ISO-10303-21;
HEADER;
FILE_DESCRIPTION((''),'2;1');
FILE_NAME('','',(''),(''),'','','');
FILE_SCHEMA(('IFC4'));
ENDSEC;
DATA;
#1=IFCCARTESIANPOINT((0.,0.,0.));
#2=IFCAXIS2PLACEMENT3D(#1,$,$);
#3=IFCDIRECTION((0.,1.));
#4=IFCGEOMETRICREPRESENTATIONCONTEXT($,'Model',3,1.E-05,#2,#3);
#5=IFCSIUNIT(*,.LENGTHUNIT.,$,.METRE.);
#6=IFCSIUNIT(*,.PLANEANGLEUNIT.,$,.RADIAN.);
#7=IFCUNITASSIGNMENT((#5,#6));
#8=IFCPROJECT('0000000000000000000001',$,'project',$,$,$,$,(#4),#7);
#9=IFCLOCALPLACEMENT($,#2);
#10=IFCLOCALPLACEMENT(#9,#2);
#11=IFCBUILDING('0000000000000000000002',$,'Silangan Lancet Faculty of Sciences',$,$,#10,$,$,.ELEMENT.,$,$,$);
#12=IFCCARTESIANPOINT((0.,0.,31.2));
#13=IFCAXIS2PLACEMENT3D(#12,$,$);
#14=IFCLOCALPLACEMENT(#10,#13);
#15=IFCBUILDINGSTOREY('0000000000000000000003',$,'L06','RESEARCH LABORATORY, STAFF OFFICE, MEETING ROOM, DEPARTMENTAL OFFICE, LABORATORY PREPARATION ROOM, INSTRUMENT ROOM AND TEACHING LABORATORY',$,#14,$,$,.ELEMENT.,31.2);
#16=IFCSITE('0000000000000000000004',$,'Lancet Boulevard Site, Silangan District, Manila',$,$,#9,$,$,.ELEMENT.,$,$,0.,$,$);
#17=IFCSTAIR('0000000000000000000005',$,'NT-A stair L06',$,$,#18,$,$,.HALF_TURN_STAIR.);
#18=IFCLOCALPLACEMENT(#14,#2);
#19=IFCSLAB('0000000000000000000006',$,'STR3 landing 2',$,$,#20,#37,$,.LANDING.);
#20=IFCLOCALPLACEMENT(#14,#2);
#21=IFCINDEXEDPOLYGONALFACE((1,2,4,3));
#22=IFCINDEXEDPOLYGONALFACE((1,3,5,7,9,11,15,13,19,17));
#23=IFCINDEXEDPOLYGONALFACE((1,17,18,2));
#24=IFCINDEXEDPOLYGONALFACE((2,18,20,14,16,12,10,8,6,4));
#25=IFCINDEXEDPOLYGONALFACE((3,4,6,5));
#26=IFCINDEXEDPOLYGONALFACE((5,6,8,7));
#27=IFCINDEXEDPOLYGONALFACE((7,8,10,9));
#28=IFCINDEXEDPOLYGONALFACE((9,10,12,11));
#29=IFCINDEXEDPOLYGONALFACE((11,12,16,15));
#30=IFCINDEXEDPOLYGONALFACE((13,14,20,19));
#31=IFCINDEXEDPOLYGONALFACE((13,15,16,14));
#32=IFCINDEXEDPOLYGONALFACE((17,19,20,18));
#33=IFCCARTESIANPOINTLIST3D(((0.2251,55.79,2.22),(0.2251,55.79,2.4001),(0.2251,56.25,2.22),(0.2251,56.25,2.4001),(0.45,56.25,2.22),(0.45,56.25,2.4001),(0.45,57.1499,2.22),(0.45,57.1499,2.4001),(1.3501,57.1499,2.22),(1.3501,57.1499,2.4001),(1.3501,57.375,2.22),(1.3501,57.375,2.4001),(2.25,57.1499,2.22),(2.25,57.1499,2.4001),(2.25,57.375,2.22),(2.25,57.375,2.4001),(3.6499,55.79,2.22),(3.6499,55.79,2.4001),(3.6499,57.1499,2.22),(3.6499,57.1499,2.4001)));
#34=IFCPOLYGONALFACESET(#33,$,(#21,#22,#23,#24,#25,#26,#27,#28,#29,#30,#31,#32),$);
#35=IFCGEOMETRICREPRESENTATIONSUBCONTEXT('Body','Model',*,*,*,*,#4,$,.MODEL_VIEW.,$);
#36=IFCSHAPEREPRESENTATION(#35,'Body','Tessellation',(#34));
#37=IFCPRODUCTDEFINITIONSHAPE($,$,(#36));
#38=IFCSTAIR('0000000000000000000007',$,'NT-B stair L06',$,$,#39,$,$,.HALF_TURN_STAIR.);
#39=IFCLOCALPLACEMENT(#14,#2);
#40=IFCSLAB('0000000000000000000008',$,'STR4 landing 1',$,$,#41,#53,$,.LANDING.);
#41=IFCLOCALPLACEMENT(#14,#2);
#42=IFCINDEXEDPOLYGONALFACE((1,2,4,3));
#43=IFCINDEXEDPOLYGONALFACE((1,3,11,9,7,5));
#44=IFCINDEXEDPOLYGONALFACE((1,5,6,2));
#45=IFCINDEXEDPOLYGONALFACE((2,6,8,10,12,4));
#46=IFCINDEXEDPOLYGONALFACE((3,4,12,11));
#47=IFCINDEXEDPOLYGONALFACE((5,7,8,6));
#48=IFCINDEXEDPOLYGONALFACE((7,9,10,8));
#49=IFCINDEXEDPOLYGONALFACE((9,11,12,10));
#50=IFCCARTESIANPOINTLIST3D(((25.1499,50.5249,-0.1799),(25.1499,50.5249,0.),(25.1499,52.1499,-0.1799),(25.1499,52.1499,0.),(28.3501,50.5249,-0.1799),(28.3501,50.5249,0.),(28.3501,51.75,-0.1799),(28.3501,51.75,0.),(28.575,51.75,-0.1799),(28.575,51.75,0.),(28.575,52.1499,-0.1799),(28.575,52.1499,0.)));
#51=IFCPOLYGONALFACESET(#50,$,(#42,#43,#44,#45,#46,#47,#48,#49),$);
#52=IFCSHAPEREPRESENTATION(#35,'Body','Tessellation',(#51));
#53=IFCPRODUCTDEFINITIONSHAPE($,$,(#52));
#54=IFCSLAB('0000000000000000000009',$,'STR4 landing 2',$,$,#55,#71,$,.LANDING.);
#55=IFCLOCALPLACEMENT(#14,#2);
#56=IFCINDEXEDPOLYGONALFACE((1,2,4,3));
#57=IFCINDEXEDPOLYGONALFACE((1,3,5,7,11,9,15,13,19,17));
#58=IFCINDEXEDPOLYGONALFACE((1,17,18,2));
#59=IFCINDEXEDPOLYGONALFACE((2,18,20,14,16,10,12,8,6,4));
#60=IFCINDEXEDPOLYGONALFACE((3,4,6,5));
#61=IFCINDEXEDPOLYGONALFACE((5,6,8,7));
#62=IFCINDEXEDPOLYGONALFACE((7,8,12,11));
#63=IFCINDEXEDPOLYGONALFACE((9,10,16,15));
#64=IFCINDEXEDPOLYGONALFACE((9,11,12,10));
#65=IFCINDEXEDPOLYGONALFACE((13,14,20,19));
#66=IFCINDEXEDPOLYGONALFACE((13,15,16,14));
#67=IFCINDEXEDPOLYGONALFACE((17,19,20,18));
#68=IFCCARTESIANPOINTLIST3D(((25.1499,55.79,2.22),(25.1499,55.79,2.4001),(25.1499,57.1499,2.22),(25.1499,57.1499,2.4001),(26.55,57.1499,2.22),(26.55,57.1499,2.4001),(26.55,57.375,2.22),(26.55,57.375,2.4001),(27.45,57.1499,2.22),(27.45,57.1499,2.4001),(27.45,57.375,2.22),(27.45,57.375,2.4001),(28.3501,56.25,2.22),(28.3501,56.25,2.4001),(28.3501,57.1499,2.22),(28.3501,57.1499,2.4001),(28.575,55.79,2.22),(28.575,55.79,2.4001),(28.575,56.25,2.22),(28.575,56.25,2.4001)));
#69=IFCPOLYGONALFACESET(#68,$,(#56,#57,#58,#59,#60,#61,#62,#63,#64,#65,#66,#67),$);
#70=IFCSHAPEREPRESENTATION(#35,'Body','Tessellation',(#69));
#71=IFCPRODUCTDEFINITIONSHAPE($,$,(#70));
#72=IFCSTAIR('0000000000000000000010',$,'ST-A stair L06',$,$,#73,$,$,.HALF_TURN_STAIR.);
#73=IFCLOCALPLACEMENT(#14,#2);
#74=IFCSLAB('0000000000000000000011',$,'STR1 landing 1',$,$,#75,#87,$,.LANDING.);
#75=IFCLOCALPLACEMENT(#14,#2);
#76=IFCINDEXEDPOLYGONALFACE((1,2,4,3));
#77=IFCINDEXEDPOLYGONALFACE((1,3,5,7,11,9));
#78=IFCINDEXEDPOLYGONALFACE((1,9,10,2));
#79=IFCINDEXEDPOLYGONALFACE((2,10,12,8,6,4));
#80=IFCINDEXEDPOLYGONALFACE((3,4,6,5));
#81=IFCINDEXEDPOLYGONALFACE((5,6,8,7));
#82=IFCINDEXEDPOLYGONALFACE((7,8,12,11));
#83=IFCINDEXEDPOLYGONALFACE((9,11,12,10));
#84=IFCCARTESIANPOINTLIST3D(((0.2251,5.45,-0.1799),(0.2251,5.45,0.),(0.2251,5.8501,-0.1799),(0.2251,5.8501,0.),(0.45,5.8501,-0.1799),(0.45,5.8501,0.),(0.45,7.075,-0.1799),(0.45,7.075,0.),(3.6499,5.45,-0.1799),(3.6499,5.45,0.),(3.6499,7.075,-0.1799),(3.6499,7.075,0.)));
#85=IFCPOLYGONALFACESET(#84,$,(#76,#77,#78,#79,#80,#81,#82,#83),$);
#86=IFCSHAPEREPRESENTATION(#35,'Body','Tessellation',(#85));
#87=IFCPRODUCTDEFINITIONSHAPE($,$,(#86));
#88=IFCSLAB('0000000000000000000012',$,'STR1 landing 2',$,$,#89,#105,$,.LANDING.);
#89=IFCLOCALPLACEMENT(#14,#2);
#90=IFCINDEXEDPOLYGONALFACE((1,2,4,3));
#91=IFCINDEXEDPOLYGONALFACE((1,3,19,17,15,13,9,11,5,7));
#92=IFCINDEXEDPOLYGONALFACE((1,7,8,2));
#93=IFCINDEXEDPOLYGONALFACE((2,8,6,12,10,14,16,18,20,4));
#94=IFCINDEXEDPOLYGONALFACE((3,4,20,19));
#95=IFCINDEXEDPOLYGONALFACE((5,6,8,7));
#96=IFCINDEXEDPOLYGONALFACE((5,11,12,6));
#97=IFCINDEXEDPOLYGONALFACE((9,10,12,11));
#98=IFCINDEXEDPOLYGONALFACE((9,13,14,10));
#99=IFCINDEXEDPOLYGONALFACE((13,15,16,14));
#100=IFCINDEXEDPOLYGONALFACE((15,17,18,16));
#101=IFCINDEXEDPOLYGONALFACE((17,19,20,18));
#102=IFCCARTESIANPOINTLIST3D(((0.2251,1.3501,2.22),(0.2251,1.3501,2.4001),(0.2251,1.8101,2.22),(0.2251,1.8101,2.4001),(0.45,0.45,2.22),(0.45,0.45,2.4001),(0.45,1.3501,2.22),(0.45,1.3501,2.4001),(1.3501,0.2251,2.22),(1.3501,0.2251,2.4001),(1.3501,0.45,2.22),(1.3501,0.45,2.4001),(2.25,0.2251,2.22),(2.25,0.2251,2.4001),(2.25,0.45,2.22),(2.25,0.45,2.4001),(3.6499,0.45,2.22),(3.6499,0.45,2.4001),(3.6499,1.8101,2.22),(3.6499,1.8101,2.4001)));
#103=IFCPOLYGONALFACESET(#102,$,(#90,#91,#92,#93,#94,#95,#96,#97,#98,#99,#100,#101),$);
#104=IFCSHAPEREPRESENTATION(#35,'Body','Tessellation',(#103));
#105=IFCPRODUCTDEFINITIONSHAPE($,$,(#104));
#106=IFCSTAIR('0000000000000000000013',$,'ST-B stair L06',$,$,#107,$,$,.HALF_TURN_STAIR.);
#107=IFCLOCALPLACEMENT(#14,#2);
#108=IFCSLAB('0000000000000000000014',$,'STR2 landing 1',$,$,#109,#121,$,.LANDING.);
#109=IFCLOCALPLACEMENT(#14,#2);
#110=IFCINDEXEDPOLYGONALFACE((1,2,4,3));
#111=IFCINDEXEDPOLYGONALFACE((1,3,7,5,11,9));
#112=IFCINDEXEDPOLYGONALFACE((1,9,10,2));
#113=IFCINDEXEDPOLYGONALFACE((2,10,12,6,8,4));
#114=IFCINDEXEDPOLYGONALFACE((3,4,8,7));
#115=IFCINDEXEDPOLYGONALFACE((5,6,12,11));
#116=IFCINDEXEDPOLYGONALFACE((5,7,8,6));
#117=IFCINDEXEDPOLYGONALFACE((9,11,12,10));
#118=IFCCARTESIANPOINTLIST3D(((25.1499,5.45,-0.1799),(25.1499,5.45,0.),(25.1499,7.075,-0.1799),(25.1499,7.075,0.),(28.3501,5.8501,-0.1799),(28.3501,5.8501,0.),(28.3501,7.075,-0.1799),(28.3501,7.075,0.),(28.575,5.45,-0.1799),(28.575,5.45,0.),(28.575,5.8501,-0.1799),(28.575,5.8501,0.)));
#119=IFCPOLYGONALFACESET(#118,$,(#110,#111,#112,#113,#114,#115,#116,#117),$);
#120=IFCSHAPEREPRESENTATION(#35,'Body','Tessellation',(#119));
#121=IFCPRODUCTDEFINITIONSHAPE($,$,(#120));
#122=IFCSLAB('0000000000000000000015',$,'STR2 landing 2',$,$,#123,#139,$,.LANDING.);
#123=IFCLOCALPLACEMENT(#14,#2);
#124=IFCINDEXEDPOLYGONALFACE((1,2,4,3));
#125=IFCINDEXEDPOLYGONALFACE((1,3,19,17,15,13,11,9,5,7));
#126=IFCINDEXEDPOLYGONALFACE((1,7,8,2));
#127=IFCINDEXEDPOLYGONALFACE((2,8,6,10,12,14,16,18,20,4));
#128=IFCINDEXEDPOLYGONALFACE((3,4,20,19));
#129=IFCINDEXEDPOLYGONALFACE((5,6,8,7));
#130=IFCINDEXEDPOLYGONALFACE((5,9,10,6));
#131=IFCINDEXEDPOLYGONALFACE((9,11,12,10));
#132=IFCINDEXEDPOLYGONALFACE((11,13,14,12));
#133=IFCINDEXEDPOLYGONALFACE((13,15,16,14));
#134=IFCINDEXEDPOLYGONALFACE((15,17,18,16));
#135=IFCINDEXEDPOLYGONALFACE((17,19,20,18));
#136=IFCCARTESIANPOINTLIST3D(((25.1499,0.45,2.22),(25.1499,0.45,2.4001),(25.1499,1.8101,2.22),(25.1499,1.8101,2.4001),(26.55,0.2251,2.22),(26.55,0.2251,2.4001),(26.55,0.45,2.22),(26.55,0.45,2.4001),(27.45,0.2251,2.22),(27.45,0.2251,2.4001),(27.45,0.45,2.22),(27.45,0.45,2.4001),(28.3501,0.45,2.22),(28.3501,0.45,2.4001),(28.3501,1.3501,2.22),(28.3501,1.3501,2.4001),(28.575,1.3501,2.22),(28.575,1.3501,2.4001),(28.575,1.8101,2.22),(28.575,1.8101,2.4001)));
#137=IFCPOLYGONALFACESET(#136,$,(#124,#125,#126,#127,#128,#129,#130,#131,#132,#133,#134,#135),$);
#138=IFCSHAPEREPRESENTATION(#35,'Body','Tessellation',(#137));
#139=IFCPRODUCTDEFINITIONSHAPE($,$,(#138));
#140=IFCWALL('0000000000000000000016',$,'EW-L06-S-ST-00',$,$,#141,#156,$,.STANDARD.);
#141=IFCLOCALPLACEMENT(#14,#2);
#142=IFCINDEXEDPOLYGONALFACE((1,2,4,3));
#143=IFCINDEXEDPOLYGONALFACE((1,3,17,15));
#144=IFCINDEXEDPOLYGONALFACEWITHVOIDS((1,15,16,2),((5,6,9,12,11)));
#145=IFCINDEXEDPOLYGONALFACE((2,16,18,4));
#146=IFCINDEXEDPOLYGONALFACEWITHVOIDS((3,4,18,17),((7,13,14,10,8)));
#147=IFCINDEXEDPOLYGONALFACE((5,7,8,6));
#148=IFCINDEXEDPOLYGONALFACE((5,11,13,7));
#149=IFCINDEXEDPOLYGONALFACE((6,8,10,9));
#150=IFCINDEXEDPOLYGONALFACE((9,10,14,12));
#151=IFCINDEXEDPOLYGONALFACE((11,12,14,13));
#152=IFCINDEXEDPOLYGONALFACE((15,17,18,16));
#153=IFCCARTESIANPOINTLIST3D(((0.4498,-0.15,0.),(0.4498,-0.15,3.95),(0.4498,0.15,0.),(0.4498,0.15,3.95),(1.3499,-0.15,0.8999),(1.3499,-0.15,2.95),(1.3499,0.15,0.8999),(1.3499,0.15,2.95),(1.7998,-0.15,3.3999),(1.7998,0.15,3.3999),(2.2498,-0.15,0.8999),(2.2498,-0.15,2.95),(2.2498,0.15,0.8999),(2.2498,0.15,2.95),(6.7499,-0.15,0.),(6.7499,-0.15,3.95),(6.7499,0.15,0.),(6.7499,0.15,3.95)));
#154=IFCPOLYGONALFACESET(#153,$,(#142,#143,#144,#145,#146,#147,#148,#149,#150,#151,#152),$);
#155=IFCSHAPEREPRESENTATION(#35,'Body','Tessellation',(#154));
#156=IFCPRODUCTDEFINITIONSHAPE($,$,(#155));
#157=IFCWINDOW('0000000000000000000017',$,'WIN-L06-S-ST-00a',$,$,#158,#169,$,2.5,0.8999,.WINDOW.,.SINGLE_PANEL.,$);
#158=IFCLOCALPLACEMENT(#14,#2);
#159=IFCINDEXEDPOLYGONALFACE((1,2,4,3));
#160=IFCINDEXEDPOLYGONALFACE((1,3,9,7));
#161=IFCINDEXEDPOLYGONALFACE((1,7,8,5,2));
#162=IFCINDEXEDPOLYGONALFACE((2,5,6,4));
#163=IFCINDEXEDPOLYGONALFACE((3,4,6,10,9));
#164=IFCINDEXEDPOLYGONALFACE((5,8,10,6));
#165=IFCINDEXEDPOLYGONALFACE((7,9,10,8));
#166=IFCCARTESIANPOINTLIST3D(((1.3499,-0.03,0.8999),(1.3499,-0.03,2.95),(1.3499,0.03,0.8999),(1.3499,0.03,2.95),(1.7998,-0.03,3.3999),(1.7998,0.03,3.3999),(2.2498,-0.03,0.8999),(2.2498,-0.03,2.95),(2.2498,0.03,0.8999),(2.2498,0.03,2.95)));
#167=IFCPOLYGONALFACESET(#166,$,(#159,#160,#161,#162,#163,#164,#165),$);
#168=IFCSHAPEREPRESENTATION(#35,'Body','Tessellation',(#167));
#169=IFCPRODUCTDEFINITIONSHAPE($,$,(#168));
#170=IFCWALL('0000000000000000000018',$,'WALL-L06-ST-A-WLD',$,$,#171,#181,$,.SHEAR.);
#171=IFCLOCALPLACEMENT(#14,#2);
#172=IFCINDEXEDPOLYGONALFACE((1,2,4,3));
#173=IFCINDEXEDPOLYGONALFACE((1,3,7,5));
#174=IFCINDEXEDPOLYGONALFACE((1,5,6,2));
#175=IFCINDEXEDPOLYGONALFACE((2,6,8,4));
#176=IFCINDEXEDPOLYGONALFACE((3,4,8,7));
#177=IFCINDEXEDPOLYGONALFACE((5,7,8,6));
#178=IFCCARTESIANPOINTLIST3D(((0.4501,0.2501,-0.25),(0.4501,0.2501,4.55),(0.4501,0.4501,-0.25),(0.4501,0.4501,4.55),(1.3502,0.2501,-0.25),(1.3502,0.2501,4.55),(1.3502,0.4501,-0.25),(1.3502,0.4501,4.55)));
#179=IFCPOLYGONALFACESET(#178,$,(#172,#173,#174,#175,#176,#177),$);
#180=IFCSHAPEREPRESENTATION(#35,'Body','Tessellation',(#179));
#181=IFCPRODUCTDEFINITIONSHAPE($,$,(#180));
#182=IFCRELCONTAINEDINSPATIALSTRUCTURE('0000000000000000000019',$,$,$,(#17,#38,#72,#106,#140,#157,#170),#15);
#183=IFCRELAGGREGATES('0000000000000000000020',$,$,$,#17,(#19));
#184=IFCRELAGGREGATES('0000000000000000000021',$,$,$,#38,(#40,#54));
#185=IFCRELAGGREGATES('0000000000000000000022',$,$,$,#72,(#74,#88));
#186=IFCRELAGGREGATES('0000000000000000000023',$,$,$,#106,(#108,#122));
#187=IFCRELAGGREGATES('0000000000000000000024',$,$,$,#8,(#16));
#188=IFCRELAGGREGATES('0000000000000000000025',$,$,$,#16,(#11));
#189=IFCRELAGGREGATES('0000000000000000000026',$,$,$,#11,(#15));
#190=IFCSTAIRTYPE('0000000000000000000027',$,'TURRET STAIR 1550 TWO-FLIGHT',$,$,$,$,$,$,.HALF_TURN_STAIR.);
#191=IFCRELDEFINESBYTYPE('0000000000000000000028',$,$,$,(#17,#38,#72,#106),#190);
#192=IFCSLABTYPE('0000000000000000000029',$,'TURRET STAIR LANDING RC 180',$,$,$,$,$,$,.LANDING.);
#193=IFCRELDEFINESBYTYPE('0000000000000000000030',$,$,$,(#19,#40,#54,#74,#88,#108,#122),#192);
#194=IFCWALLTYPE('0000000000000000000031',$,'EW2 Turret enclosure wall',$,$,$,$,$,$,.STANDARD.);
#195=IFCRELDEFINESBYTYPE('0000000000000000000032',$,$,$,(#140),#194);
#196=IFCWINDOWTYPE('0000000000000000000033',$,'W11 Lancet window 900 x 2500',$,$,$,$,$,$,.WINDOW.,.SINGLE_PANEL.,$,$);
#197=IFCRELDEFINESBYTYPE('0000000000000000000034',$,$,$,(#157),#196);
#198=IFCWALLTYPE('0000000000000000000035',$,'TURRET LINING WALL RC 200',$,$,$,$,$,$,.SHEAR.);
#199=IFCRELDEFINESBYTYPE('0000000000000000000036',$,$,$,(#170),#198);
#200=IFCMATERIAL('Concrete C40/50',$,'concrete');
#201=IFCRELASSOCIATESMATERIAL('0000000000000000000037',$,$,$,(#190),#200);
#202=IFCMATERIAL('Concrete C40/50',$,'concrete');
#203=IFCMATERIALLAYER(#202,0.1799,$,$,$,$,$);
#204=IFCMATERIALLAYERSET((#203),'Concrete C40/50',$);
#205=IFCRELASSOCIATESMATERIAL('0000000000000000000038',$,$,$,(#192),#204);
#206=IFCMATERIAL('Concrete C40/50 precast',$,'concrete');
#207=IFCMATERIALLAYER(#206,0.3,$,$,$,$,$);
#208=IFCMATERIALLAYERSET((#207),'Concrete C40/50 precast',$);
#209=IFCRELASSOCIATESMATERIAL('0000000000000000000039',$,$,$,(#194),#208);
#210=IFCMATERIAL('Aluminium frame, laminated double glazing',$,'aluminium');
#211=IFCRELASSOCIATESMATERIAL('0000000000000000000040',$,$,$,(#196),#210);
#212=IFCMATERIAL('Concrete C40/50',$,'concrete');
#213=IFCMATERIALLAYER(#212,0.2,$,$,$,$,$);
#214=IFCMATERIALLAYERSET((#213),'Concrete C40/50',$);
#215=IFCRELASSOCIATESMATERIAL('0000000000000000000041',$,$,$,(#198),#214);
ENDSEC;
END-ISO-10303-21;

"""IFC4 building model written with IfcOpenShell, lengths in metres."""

from ifc_helpers import new_model, si_unit, direction, frame, frame_2d, origin, place, context, subcontext, project, spatial, polyline, rectangle, outline, extrude, material, layer, layer_set, type_object, element, fill, aggregate, save


model = new_model("IFC4")

# Units and contexts
model_context = context("Model", 3, precision=1e-05, world=origin(), true_north=direction((0.0, 1.0)))
body_context = subcontext(model_context, "Body", "Model", "MODEL_VIEW")
ifc_project = project(units=[si_unit("LENGTHUNIT", "METRE"), si_unit("PLANEANGLEUNIT", "RADIAN")], contexts=[model_context])

# Site, building, storey
site_placement = place(None, origin())
site = spatial("IfcSite", under=ifc_project, at=site_placement, Name="Lancet Boulevard Site, Silangan District, Manila", CompositionType="ELEMENT", RefElevation=0.0)
building_placement = place(site_placement, origin())
building = spatial("IfcBuilding", under=site, at=building_placement, Name="Silangan Lancet Faculty of Sciences", CompositionType="ELEMENT")
storey_placement = place(building_placement, frame((0.0, 0.0, 31.2)))
storey = spatial("IfcBuildingStorey", under=building, at=storey_placement, Name="L06", Description="RESEARCH LABORATORY, STAFF OFFICE, MEETING ROOM, DEPARTMENTAL OFFICE, LABORATORY PREPARATION ROOM, INSTRUMENT ROOM AND TEACHING LABORATORY", CompositionType="ELEMENT", Elevation=31.2)

# Stairs, slabs
ifc_material_1 = material(Name="Concrete C40/50", Category="concrete")
stair_type = type_object("IfcStairType", Name="TURRET STAIR 1550 TWO-FLIGHT", PredefinedType="HALF_TURN_STAIR", material=ifc_material_1)
stair_1_placement = place(storey_placement, origin())
stair_1 = element("IfcStair", 1, at=stair_1_placement, inside=storey, type_object=stair_type, Name="NT-A stair L06", PredefinedType="HALF_TURN_STAIR")
ifc_material_2 = material(Name="Concrete C40/50", Category="concrete")
ifc_layer_1 = layer(ifc_material_2, 0.1799)
ifc_layer_set_1 = layer_set([ifc_layer_1], Name="Concrete C40/50")
slab_type_1 = type_object("IfcSlabType", Name="TURRET STAIR LANDING RC 180", PredefinedType="LANDING", material=ifc_layer_set_1)
slab_1_placement = place(storey_placement, frame((0.0, 0.0, 2.22)))
slab_1 = element("IfcSlab", 2, at=slab_1_placement, type_object=slab_type_1, Name="STR3 landing 2", PredefinedType="LANDING", context=body_context, shape_type="SweptSolid", body=[
    extrude(outline(polyline([(0.45, 57.1499), (1.3501, 57.1499), (1.3501, 57.375), (2.25, 57.375), (2.25, 57.1499), (3.6499, 57.1499), (3.6499, 55.79), (0.2251, 55.79), (0.2251, 56.25), (0.45, 56.25), (0.45, 57.1499)])), origin(), (0.0, 0.0, 1.0), 0.1802),
])
aggregate(stair_1, [slab_1])
stair_2_placement = place(storey_placement, origin())
stair_2 = element("IfcStair", 3, at=stair_2_placement, inside=storey, type_object=stair_type, Name="NT-B stair L06", PredefinedType="HALF_TURN_STAIR")
slab_2_placement = place(storey_placement, frame((0.0, 0.0, -0.1799)))
slab_2 = element("IfcSlab", 4, at=slab_2_placement, type_object=slab_type_1, Name="STR4 landing 1", PredefinedType="LANDING", context=body_context, shape_type="SweptSolid", body=[
    extrude(outline(polyline([(28.3501, 51.75), (28.3501, 50.5249), (25.1499, 50.5249), (25.1499, 52.1499), (28.575, 52.1499), (28.575, 51.75), (28.3501, 51.75)])), origin(), (0.0, 0.0, 1.0), 0.1799),
])
slab_3_placement = place(storey_placement, frame((0.0, 0.0, 2.22)))
slab_3 = element("IfcSlab", 5, at=slab_3_placement, type_object=slab_type_1, Name="STR4 landing 2", PredefinedType="LANDING", context=body_context, shape_type="SweptSolid", body=[
    extrude(outline(polyline([(26.55, 57.1499), (26.55, 57.375), (27.45, 57.375), (27.45, 57.1499), (28.3501, 57.1499), (28.3501, 56.25), (28.575, 56.25), (28.575, 55.79), (25.1499, 55.79), (25.1499, 57.1499), (26.55, 57.1499)])), origin(), (0.0, 0.0, 1.0), 0.1802),
])
aggregate(stair_2, [slab_2, slab_3])
stair_3_placement = place(storey_placement, origin())
stair_3 = element("IfcStair", 6, at=stair_3_placement, inside=storey, type_object=stair_type, Name="ST-A stair L06", PredefinedType="HALF_TURN_STAIR")
slab_4_placement = place(storey_placement, frame((0.0, 0.0, -0.1799)))
slab_4 = element("IfcSlab", 7, at=slab_4_placement, type_object=slab_type_1, Name="STR1 landing 1", PredefinedType="LANDING", context=body_context, shape_type="SweptSolid", body=[
    extrude(outline(polyline([(0.2251, 5.45), (0.2251, 5.8501), (0.45, 5.8501), (0.45, 7.075), (3.6499, 7.075), (3.6499, 5.45), (0.2251, 5.45)])), origin(), (0.0, 0.0, 1.0), 0.1799),
])
slab_5_placement = place(storey_placement, frame((0.0, 0.0, 2.22)))
slab_5 = element("IfcSlab", 8, at=slab_5_placement, type_object=slab_type_1, Name="STR1 landing 2", PredefinedType="LANDING", context=body_context, shape_type="SweptSolid", body=[
    extrude(outline(polyline([(0.2251, 1.3501), (0.2251, 1.8101), (3.6499, 1.8101), (3.6499, 0.45), (2.25, 0.45), (2.25, 0.2251), (1.3501, 0.2251), (1.3501, 0.45), (0.45, 0.45), (0.45, 1.3501), (0.2251, 1.3501)])), origin(), (0.0, 0.0, 1.0), 0.1802),
])
aggregate(stair_3, [slab_4, slab_5])
stair_4_placement = place(storey_placement, origin())
stair_4 = element("IfcStair", 9, at=stair_4_placement, inside=storey, type_object=stair_type, Name="ST-B stair L06", PredefinedType="HALF_TURN_STAIR")
slab_6_placement = place(storey_placement, frame((0.0, 0.0, -0.1799)))
slab_6 = element("IfcSlab", 10, at=slab_6_placement, type_object=slab_type_1, Name="STR2 landing 1", PredefinedType="LANDING", context=body_context, shape_type="SweptSolid", body=[
    extrude(outline(polyline([(25.1499, 7.075), (28.3501, 7.075), (28.3501, 5.8501), (28.575, 5.8501), (28.575, 5.45), (25.1499, 5.45), (25.1499, 7.075)])), origin(), (0.0, 0.0, 1.0), 0.1799),
])
slab_7_placement = place(storey_placement, frame((0.0, 0.0, 2.22)))
slab_7 = element("IfcSlab", 11, at=slab_7_placement, type_object=slab_type_1, Name="STR2 landing 2", PredefinedType="LANDING", context=body_context, shape_type="SweptSolid", body=[
    extrude(outline(polyline([(28.575, 1.3501), (28.3501, 1.3501), (28.3501, 0.45), (27.45, 0.45), (27.45, 0.2251), (26.55, 0.2251), (26.55, 0.45), (25.1499, 0.45), (25.1499, 1.8101), (28.575, 1.8101), (28.575, 1.3501)])), origin(), (0.0, 0.0, 1.0), 0.1802),
])
aggregate(stair_4, [slab_6, slab_7])

# Wall, opening, window
ifc_material_3 = material(Name="Concrete C40/50 precast", Category="concrete")
ifc_layer_2 = layer(ifc_material_3, 0.3)
ifc_layer_set_2 = layer_set([ifc_layer_2], Name="Concrete C40/50 precast")
wall_type_1 = type_object("IfcWallType", Name="EW2 Turret enclosure wall", PredefinedType="STANDARD", material=ifc_layer_set_2)
wall_1_placement = place(storey_placement, frame((0.45, 0.0, 0.0), z_axis=(0.0, 0.0, 1.0), x_axis=(1.0, 0.0, 0.0)))
wall_1 = element("IfcWall", 12, at=wall_1_placement, inside=storey, type_object=wall_type_1, Name="EW-L06-S-ST-00", PredefinedType="STANDARD", context=body_context, shape_type="SweptSolid", body=[
    extrude(rectangle(XDim=6.3, YDim=0.3, at=frame_2d((3.1499, 0.0))), origin(), (0.0, 0.0, 1.0), 3.95),
])
opening_placement = place(wall_1_placement, frame((0.8999, 0.0, 0.8999)))
opening = element("IfcOpeningElement", 13, at=opening_placement, cuts=wall_1, PredefinedType="OPENING", context=body_context, shape_type="SweptSolid", body=[
    extrude(outline(polyline([(0.0, 0.0), (0.8999, 0.0), (0.8999, 2.05), (0.45, 2.5), (0.0, 2.05), (0.0, 0.0)])), frame((0.0, 0.1599, 0.0), z_axis=(0.0, -1.0, 0.0), x_axis=(1.0, 0.0, 0.0)), (0.0, 0.0, 1.0), 0.3201),
])
ifc_material_4 = material(Name="Aluminium frame, laminated double glazing", Category="aluminium")
window_type = type_object("IfcWindowType", Name="W11 Lancet window 900 x 2500", PartitioningType="SINGLE_PANEL", PredefinedType="WINDOW", material=ifc_material_4)
window_placement = place(opening_placement, origin())
window = element("IfcWindow", 14, at=window_placement, inside=storey, type_object=window_type, Name="WIN-L06-S-ST-00a", OverallHeight=2.5, OverallWidth=0.8999, PartitioningType="SINGLE_PANEL", PredefinedType="WINDOW", context=body_context, shape_type="SweptSolid", body=[
    extrude(outline(polyline([(0.0, 0.0), (0.8999, 0.0), (0.8999, 2.05), (0.45, 2.5), (0.0, 2.05), (0.0, 0.0)])), frame((0.0, 0.03, 0.0), z_axis=(0.0, -1.0, 0.0), x_axis=(1.0, 0.0, 0.0)), (0.0, 0.0, 1.0), 0.0601),
])
fill(opening, window)

# Wall
ifc_material_5 = material(Name="Concrete C40/50", Category="concrete")
ifc_layer_3 = layer(ifc_material_5, 0.2)
ifc_layer_set_3 = layer_set([ifc_layer_3], Name="Concrete C40/50")
wall_type_2 = type_object("IfcWallType", Name="TURRET LINING WALL RC 200", PredefinedType="SHEAR", material=ifc_layer_set_3)
wall_2_placement = place(storey_placement, frame((0.45, 0.3501, -0.25), z_axis=(0.0, 0.0, 1.0), x_axis=(1.0, 0.0, 0.0)))
element("IfcWall", 15, at=wall_2_placement, inside=storey, type_object=wall_type_2, Name="WALL-L06-ST-A-WLD", PredefinedType="SHEAR", context=body_context, shape_type="SweptSolid", body=[
    extrude(rectangle(XDim=0.9001, YDim=0.2, at=frame_2d((0.4502, 0.0))), origin(), (0.0, 0.0, 1.0), 4.8),
])

save(model, "model.ifc")
